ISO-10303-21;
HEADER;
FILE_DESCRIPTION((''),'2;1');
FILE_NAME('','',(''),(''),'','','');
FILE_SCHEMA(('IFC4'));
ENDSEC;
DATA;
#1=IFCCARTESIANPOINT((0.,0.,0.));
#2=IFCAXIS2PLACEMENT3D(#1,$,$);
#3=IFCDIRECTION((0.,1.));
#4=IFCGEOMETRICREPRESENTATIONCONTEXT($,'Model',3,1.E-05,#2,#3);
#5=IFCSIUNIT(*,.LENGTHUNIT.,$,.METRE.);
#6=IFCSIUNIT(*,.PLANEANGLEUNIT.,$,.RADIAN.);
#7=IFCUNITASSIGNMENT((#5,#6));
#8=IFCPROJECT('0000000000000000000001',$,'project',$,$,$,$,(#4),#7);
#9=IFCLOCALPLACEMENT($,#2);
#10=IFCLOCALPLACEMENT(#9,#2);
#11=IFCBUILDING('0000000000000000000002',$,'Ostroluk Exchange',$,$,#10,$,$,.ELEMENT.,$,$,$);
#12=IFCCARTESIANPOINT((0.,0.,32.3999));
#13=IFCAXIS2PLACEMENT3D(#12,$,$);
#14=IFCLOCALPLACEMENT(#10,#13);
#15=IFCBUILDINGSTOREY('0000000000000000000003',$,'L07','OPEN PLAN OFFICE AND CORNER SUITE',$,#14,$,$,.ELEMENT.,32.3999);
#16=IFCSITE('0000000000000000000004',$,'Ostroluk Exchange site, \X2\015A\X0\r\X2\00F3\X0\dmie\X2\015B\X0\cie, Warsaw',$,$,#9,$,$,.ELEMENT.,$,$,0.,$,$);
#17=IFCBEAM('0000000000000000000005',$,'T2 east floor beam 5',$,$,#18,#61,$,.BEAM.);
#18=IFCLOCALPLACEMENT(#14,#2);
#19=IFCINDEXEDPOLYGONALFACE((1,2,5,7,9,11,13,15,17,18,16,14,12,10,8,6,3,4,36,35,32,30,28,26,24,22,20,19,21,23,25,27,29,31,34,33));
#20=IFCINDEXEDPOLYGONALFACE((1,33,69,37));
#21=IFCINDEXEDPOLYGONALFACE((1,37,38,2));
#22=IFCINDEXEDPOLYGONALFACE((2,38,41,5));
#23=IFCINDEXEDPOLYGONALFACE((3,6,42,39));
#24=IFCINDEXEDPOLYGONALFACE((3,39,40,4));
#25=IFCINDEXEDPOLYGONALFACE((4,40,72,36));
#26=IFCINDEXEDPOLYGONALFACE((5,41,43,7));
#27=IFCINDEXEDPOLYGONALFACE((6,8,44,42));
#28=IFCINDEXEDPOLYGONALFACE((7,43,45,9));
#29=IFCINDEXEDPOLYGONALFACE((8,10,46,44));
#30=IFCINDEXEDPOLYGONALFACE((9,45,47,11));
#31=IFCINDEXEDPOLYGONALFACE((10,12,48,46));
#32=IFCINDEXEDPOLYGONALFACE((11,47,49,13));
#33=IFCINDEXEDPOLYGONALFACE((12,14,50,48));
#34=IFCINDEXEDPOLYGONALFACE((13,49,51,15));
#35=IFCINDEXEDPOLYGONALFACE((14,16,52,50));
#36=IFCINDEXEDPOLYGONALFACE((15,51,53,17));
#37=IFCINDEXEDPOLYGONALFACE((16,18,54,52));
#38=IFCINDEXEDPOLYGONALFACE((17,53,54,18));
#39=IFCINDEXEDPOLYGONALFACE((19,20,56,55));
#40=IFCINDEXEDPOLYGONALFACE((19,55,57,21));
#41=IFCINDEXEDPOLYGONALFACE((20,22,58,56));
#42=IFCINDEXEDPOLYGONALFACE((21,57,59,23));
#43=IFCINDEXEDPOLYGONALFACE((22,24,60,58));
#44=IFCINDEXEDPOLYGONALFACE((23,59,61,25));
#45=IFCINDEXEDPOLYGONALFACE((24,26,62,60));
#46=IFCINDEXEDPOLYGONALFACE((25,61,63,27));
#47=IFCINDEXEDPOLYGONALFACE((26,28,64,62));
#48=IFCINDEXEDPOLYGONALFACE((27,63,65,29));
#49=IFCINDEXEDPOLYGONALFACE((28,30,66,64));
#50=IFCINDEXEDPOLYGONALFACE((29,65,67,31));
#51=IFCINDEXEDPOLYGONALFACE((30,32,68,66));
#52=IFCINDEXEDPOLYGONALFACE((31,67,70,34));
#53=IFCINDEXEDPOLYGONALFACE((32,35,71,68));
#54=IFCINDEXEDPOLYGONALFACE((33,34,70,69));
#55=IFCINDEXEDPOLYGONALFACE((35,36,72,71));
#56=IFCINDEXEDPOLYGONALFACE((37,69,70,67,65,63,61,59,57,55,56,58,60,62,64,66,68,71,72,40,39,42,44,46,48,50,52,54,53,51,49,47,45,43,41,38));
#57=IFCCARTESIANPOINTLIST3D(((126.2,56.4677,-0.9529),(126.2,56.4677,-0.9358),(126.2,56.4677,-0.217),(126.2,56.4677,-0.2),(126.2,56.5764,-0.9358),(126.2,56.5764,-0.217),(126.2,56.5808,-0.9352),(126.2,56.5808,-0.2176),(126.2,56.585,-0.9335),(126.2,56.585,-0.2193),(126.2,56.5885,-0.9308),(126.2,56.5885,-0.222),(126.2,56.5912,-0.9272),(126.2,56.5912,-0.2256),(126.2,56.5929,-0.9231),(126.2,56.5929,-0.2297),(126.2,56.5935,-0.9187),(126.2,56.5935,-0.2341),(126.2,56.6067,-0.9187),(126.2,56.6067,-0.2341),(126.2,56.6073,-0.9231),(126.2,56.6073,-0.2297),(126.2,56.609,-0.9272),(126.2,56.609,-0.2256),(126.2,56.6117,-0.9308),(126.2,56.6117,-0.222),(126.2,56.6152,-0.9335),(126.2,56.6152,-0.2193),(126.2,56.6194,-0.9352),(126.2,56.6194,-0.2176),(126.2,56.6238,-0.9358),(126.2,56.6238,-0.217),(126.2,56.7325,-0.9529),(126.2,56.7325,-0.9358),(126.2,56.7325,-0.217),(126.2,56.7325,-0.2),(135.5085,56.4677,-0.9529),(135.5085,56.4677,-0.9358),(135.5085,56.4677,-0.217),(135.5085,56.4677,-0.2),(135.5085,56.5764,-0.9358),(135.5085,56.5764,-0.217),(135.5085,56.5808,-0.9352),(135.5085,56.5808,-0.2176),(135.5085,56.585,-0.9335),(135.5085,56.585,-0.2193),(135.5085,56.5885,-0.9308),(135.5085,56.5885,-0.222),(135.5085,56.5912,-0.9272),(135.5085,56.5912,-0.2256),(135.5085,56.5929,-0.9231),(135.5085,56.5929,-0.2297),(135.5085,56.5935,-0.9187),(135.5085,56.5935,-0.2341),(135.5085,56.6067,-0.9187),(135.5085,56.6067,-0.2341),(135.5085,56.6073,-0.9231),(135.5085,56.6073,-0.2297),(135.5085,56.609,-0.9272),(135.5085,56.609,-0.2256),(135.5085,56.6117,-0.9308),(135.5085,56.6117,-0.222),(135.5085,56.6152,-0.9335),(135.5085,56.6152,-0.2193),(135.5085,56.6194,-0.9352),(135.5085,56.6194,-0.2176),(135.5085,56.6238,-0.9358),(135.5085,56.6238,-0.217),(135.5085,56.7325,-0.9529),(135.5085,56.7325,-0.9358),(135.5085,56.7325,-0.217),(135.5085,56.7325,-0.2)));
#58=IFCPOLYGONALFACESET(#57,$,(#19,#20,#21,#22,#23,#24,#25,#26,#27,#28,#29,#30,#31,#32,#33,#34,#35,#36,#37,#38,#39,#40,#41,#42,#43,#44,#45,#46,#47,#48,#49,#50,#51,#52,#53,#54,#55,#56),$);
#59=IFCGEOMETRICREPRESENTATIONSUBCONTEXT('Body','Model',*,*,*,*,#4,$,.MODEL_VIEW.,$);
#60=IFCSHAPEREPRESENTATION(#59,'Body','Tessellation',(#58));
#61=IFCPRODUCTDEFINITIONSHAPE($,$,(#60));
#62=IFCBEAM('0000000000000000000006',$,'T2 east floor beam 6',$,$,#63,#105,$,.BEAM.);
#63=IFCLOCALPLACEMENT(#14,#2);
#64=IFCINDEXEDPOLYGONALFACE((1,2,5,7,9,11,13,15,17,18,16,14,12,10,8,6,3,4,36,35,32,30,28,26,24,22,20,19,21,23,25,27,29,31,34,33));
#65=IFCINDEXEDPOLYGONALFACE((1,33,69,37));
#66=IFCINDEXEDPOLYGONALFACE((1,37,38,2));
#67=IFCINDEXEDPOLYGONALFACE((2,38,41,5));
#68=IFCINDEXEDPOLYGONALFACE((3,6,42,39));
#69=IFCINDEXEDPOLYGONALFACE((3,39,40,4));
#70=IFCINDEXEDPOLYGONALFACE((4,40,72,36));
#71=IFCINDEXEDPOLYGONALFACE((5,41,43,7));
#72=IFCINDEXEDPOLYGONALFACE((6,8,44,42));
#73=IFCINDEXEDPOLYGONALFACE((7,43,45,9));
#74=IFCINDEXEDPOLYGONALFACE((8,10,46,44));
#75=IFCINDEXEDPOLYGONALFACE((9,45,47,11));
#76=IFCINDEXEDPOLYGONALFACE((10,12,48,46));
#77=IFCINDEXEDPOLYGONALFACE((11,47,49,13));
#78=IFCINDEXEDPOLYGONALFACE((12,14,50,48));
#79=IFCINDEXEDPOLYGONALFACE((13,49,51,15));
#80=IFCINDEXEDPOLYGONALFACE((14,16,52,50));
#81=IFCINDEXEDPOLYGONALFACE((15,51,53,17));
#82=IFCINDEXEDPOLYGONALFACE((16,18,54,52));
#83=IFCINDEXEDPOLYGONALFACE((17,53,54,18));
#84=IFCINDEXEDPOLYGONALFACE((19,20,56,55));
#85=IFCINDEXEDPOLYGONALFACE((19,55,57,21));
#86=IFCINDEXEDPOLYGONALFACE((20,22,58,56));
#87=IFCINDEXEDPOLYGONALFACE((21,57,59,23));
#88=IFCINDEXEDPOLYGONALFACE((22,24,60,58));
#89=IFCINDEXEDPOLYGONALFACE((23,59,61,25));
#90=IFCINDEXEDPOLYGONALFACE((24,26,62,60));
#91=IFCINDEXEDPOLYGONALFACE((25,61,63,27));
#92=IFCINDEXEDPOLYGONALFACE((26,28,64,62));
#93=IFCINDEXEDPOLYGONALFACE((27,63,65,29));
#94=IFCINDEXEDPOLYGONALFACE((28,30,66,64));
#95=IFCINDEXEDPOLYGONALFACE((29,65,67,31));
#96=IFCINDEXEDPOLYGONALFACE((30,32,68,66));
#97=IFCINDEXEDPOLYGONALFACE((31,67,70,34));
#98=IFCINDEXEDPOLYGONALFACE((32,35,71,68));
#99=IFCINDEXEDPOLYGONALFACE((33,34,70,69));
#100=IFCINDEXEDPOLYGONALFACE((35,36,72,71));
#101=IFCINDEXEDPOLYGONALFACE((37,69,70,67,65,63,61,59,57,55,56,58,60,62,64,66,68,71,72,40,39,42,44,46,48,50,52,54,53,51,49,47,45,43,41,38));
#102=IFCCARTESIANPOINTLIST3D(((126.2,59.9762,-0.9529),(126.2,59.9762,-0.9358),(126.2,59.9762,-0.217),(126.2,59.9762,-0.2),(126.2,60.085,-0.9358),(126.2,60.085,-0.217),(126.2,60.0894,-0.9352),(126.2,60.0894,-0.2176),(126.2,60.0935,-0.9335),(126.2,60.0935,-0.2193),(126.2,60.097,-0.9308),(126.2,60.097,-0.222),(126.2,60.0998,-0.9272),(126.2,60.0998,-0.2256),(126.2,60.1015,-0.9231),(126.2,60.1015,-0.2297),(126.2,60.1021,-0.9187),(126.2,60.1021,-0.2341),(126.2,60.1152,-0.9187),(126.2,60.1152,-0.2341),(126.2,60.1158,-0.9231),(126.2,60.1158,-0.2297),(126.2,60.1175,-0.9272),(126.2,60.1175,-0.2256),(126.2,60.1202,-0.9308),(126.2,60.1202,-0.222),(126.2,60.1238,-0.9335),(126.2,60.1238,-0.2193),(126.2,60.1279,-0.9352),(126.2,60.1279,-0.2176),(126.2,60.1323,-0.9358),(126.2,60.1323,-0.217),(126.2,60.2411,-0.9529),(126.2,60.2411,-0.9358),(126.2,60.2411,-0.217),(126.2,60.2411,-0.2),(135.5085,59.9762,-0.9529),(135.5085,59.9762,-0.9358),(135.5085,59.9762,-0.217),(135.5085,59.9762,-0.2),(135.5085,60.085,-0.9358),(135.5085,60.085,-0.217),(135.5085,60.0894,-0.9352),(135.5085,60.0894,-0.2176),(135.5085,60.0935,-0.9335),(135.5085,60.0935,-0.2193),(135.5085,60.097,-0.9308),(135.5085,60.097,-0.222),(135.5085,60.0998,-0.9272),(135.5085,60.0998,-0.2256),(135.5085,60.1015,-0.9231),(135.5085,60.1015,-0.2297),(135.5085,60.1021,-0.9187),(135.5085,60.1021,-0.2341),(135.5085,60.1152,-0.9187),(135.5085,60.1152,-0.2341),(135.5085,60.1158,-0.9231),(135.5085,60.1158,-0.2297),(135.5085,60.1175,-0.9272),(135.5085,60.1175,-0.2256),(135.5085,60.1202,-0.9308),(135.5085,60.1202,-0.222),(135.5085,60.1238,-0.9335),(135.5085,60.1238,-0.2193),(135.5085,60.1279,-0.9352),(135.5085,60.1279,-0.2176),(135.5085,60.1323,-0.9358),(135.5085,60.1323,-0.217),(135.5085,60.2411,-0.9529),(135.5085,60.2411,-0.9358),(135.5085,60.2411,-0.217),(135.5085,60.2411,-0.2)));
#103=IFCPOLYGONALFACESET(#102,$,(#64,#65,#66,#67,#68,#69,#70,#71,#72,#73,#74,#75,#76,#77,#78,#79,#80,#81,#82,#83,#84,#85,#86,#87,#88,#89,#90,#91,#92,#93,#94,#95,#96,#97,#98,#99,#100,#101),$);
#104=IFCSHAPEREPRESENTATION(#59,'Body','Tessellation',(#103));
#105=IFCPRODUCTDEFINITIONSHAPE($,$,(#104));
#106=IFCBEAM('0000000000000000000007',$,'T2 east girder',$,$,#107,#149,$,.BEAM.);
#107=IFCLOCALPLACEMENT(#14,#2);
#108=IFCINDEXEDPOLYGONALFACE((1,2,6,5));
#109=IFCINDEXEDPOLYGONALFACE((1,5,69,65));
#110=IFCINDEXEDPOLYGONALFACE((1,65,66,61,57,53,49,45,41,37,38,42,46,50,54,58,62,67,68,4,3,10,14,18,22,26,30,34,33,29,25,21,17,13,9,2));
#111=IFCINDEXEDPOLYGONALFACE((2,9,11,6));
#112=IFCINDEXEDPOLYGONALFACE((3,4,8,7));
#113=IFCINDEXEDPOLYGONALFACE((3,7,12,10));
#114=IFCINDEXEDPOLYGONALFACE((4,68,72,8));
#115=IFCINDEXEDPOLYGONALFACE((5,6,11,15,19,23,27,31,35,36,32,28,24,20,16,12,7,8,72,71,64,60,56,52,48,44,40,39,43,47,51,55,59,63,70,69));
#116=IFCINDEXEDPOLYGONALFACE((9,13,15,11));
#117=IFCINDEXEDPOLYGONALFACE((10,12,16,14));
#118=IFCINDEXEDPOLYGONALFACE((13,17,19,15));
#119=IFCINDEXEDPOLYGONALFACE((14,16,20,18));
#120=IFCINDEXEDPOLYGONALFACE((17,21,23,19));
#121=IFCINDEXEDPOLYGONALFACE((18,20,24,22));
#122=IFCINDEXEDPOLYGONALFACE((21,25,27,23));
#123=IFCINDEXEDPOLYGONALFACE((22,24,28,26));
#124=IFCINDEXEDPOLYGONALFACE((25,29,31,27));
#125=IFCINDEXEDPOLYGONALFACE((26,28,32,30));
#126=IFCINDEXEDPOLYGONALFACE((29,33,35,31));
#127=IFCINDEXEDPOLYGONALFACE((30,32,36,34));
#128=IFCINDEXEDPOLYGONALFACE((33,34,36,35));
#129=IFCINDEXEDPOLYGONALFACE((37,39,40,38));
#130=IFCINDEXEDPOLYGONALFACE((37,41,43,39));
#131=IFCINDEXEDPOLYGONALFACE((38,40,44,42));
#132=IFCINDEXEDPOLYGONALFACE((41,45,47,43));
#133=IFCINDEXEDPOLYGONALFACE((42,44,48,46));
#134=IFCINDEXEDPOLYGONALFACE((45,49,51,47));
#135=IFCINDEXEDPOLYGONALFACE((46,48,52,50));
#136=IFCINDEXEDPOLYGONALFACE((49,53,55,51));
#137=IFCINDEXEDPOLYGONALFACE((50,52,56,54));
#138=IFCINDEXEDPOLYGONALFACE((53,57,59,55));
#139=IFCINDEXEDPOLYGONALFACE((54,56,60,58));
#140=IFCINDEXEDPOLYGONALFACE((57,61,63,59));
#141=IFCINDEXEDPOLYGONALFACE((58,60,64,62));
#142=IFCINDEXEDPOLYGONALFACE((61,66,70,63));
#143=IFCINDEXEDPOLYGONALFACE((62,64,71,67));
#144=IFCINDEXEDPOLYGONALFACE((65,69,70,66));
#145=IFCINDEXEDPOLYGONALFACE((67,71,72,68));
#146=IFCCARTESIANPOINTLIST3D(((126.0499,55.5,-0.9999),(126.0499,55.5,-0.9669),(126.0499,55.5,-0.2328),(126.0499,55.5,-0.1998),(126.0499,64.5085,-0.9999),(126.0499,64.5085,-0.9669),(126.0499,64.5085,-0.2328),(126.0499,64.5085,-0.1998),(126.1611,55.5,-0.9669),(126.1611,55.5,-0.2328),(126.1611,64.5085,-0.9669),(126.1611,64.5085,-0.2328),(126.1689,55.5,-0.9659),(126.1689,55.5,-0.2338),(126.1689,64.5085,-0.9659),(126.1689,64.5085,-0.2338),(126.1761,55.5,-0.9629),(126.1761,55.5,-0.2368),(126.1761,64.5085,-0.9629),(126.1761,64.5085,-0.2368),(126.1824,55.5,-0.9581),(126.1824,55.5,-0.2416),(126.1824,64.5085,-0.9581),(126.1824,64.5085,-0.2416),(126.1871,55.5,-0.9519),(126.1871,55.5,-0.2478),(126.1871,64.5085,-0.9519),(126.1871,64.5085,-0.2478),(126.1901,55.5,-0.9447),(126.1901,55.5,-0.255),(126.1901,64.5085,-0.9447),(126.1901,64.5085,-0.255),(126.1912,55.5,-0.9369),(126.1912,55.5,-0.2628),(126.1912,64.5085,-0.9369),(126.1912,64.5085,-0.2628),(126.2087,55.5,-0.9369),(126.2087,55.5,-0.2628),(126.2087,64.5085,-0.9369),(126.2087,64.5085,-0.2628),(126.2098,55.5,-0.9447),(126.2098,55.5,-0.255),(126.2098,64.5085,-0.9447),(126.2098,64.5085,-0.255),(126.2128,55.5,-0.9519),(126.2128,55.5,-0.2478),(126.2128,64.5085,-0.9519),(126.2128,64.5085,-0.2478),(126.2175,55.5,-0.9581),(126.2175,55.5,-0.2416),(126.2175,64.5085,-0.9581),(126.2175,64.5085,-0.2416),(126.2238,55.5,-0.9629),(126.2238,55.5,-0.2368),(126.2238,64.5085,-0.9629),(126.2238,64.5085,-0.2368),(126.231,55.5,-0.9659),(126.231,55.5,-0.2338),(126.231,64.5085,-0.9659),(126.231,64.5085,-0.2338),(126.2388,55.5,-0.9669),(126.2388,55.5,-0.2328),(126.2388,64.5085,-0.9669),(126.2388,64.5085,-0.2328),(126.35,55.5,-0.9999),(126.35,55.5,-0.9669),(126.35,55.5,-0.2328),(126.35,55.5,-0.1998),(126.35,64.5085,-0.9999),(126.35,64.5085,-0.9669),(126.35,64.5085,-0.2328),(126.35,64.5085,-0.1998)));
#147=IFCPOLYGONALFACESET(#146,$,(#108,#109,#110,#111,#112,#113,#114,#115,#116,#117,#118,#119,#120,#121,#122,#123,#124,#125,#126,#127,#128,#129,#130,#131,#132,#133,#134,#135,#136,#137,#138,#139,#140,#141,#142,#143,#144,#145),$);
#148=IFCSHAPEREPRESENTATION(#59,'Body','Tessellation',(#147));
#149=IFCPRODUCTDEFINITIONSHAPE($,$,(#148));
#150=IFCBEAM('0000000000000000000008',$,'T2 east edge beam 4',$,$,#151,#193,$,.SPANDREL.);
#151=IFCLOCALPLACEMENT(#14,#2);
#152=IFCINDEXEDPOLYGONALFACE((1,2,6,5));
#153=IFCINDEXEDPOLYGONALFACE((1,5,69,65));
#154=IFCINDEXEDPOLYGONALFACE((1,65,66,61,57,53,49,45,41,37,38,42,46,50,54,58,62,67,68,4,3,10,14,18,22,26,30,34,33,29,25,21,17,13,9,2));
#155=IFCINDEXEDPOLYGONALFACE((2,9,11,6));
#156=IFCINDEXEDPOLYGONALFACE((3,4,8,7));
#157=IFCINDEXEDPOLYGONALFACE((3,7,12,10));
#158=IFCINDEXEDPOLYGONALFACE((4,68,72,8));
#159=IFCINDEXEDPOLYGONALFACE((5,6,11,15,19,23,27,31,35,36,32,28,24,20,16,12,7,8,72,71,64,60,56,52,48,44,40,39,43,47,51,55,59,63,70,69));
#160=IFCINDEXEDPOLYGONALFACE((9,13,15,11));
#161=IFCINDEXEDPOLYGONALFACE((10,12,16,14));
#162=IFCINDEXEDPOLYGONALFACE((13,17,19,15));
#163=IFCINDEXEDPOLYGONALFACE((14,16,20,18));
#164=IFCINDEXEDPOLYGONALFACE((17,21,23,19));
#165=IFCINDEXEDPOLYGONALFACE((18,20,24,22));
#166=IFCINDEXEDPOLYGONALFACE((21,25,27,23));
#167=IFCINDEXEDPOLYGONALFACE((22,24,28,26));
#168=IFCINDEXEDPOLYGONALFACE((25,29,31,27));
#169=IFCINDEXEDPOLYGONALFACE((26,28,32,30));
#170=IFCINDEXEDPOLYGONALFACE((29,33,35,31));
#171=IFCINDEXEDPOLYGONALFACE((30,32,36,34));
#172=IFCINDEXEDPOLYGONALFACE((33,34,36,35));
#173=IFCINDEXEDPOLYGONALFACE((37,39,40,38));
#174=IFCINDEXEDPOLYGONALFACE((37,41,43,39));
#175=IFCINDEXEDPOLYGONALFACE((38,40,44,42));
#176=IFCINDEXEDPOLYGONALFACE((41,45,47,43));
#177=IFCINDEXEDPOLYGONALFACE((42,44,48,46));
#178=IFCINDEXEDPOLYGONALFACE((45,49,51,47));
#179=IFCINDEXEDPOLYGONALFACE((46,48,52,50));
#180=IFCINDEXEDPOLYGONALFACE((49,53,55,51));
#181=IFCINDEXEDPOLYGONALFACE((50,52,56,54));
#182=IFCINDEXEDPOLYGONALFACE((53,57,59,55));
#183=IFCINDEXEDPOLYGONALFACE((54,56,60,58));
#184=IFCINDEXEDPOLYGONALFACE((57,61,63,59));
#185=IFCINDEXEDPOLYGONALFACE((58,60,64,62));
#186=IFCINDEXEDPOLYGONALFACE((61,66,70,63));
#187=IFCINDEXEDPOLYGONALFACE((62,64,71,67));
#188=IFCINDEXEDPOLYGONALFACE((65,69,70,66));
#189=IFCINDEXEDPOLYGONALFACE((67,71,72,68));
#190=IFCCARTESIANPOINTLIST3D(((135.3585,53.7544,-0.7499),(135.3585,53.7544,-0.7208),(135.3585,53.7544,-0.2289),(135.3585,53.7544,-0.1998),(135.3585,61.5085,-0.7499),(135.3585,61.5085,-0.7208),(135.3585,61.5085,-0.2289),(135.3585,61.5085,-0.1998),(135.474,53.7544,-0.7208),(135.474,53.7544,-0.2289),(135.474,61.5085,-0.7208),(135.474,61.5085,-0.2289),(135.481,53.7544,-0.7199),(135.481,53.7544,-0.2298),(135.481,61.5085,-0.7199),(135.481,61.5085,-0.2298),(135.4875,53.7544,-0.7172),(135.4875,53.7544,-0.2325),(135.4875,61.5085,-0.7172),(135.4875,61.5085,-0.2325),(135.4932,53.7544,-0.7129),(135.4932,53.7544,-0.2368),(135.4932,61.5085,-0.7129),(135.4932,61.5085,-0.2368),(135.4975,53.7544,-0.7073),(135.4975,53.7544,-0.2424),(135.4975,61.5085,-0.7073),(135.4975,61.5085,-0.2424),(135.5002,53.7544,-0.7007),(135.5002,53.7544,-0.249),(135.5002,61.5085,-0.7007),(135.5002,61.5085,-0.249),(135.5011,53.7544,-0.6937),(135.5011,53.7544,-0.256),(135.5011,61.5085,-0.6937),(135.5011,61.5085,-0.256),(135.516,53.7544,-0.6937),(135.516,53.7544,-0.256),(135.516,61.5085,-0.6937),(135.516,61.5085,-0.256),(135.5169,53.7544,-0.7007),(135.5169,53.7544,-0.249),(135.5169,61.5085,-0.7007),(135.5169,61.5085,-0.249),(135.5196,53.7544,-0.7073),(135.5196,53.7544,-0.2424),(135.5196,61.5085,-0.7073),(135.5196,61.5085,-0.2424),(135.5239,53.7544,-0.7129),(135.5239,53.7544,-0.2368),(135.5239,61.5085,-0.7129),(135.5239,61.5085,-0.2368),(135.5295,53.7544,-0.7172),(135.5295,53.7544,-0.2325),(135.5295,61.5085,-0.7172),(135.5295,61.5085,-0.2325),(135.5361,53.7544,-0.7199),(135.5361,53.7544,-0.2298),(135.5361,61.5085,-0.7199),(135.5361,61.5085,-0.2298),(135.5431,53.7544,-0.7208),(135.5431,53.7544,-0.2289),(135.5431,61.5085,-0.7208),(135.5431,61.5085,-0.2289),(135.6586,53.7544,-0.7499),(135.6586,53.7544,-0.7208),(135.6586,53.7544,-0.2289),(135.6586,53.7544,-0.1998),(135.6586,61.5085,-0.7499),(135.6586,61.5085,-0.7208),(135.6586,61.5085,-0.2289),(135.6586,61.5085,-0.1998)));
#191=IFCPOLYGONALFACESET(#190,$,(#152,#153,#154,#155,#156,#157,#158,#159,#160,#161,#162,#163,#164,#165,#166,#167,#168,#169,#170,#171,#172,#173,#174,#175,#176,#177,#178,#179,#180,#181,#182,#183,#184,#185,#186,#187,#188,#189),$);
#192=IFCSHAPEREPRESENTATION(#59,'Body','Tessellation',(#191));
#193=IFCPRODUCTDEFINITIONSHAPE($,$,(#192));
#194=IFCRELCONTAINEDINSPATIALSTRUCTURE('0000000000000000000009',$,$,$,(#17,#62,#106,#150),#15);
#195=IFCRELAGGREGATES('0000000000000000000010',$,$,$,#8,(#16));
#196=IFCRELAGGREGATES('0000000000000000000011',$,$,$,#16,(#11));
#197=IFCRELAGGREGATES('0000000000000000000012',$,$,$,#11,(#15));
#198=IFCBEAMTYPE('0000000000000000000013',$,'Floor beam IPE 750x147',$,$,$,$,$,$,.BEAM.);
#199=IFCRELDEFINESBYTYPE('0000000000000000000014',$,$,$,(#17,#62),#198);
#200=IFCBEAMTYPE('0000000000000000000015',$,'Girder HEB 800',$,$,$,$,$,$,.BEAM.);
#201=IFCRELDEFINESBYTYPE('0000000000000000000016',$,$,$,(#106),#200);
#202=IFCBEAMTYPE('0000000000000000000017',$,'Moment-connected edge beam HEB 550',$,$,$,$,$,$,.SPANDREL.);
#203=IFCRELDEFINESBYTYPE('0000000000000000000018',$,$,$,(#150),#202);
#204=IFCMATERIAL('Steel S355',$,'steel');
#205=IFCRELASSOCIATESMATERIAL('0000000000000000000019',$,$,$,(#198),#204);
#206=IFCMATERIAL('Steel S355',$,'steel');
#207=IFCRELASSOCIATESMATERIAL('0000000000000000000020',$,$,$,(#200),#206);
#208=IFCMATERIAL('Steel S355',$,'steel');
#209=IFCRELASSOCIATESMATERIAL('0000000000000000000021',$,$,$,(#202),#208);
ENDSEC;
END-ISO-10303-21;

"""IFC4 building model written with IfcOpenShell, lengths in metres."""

from ifc_helpers import new_model, si_unit, direction, frame, origin, origin_2d, place, context, subcontext, project, spatial, i_section, extrude, material, material_profile, profile_set, type_object, element, save


model = new_model("IFC4")

# Units and contexts
model_context = context("Model", 3, precision=1e-05, world=origin(), true_north=direction((0.0, 1.0)))
body_context = subcontext(model_context, "Body", "Model", "MODEL_VIEW")
ifc_project = project(units=[si_unit("LENGTHUNIT", "METRE"), si_unit("PLANEANGLEUNIT", "RADIAN")], contexts=[model_context])

# Site, building, storey
site_placement = place(None, origin())
site = spatial("IfcSite", under=ifc_project, at=site_placement, Name="Ostroluk Exchange site, Śródmieście, Warsaw", CompositionType="ELEMENT", RefElevation=0.0)
building_placement = place(site_placement, origin())
building = spatial("IfcBuilding", under=site, at=building_placement, Name="Ostroluk Exchange", CompositionType="ELEMENT")
storey_placement = place(building_placement, frame((0.0, 0.0, 32.3999)))
storey = spatial("IfcBuildingStorey", under=building, at=storey_placement, Name="L07", Description="OPEN PLAN OFFICE AND CORNER SUITE", CompositionType="ELEMENT", Elevation=32.3999)

# Beams
ifc_material_1 = material(Name="Steel S355", Category="steel")
ifc_material_profile_1 = material_profile(ifc_material_1, i_section(OverallWidth=0.2649, OverallDepth=0.7529, WebThickness=0.0132, FlangeThickness=0.0171, FilletRadius=0.0171, at=origin_2d()), Name="IPE 750x147")
ifc_profile_set_1 = profile_set([ifc_material_profile_1], Name="Steel S355")
beam_type_1 = type_object("IfcBeamType", Name="Floor beam IPE 750x147", PredefinedType="BEAM", material=ifc_profile_set_1)
for number, where, z_axis, x_axis, name in (
    (1, (126.2, 56.6001, -0.5764), (1.0, 0.0, 0.0), (0.0, 1.0, 0.0), "T2 east floor beam 5"),
    (2, (126.2, 60.1086, -0.5764), (1.0, 0.0, 0.0), (0.0, 1.0, 0.0), "T2 east floor beam 6"),
):
    element("IfcBeam", number, at=place(storey_placement, frame(where, z_axis=z_axis, x_axis=x_axis)), inside=storey, type_object=beam_type_1, Name=name, PredefinedType="BEAM", context=body_context, shape_type="SweptSolid", body=[
        extrude(i_section(OverallWidth=0.2649, OverallDepth=0.7529, WebThickness=0.0132, FlangeThickness=0.0171, FilletRadius=0.0171, at=origin_2d()), origin(), (0.0, 0.0, 1.0), 9.3086),
    ])
ifc_material_2 = material(Name="Steel S355", Category="steel")
ifc_material_profile_2 = material_profile(ifc_material_2, i_section(OverallWidth=0.3, OverallDepth=0.8, WebThickness=0.0176, FlangeThickness=0.033, FilletRadius=0.03, at=origin_2d()), Name="HEB 800")
ifc_profile_set_2 = profile_set([ifc_material_profile_2], Name="Steel S355")
beam_type_2 = type_object("IfcBeamType", Name="Girder HEB 800", PredefinedType="BEAM", material=ifc_profile_set_2)
beam_1_placement = place(storey_placement, frame((126.2, 55.5, -0.5999), z_axis=(0.0, 1.0, 0.0), x_axis=(-1.0, 0.0, 0.0)))
element("IfcBeam", 3, at=beam_1_placement, inside=storey, type_object=beam_type_2, Name="T2 east girder", PredefinedType="BEAM", context=body_context, shape_type="SweptSolid", body=[
    extrude(i_section(OverallWidth=0.3, OverallDepth=0.8, WebThickness=0.0176, FlangeThickness=0.033, FilletRadius=0.03, at=origin_2d()), origin(), (0.0, 0.0, 1.0), 9.0085),
])
ifc_material_3 = material(Name="Steel S355", Category="steel")
ifc_material_profile_3 = material_profile(ifc_material_3, i_section(OverallWidth=0.3, OverallDepth=0.55, WebThickness=0.0149, FlangeThickness=0.0291, FilletRadius=0.0271, at=origin_2d()), Name="HEB 550")
ifc_profile_set_3 = profile_set([ifc_material_profile_3], Name="Steel S355")
beam_type_3 = type_object("IfcBeamType", Name="Moment-connected edge beam HEB 550", PredefinedType="SPANDREL", material=ifc_profile_set_3)
beam_2_placement = place(storey_placement, frame((135.5085, 53.7544, -0.4749), z_axis=(0.0, 1.0, 0.0), x_axis=(-1.0, 0.0, 0.0)))
element("IfcBeam", 4, at=beam_2_placement, inside=storey, type_object=beam_type_3, Name="T2 east edge beam 4", PredefinedType="SPANDREL", context=body_context, shape_type="SweptSolid", body=[
    extrude(i_section(OverallWidth=0.3, OverallDepth=0.55, WebThickness=0.0149, FlangeThickness=0.0291, FilletRadius=0.0271, at=origin_2d()), origin(), (0.0, 0.0, 1.0), 7.7542),
])

save(model, "model.ifc")
